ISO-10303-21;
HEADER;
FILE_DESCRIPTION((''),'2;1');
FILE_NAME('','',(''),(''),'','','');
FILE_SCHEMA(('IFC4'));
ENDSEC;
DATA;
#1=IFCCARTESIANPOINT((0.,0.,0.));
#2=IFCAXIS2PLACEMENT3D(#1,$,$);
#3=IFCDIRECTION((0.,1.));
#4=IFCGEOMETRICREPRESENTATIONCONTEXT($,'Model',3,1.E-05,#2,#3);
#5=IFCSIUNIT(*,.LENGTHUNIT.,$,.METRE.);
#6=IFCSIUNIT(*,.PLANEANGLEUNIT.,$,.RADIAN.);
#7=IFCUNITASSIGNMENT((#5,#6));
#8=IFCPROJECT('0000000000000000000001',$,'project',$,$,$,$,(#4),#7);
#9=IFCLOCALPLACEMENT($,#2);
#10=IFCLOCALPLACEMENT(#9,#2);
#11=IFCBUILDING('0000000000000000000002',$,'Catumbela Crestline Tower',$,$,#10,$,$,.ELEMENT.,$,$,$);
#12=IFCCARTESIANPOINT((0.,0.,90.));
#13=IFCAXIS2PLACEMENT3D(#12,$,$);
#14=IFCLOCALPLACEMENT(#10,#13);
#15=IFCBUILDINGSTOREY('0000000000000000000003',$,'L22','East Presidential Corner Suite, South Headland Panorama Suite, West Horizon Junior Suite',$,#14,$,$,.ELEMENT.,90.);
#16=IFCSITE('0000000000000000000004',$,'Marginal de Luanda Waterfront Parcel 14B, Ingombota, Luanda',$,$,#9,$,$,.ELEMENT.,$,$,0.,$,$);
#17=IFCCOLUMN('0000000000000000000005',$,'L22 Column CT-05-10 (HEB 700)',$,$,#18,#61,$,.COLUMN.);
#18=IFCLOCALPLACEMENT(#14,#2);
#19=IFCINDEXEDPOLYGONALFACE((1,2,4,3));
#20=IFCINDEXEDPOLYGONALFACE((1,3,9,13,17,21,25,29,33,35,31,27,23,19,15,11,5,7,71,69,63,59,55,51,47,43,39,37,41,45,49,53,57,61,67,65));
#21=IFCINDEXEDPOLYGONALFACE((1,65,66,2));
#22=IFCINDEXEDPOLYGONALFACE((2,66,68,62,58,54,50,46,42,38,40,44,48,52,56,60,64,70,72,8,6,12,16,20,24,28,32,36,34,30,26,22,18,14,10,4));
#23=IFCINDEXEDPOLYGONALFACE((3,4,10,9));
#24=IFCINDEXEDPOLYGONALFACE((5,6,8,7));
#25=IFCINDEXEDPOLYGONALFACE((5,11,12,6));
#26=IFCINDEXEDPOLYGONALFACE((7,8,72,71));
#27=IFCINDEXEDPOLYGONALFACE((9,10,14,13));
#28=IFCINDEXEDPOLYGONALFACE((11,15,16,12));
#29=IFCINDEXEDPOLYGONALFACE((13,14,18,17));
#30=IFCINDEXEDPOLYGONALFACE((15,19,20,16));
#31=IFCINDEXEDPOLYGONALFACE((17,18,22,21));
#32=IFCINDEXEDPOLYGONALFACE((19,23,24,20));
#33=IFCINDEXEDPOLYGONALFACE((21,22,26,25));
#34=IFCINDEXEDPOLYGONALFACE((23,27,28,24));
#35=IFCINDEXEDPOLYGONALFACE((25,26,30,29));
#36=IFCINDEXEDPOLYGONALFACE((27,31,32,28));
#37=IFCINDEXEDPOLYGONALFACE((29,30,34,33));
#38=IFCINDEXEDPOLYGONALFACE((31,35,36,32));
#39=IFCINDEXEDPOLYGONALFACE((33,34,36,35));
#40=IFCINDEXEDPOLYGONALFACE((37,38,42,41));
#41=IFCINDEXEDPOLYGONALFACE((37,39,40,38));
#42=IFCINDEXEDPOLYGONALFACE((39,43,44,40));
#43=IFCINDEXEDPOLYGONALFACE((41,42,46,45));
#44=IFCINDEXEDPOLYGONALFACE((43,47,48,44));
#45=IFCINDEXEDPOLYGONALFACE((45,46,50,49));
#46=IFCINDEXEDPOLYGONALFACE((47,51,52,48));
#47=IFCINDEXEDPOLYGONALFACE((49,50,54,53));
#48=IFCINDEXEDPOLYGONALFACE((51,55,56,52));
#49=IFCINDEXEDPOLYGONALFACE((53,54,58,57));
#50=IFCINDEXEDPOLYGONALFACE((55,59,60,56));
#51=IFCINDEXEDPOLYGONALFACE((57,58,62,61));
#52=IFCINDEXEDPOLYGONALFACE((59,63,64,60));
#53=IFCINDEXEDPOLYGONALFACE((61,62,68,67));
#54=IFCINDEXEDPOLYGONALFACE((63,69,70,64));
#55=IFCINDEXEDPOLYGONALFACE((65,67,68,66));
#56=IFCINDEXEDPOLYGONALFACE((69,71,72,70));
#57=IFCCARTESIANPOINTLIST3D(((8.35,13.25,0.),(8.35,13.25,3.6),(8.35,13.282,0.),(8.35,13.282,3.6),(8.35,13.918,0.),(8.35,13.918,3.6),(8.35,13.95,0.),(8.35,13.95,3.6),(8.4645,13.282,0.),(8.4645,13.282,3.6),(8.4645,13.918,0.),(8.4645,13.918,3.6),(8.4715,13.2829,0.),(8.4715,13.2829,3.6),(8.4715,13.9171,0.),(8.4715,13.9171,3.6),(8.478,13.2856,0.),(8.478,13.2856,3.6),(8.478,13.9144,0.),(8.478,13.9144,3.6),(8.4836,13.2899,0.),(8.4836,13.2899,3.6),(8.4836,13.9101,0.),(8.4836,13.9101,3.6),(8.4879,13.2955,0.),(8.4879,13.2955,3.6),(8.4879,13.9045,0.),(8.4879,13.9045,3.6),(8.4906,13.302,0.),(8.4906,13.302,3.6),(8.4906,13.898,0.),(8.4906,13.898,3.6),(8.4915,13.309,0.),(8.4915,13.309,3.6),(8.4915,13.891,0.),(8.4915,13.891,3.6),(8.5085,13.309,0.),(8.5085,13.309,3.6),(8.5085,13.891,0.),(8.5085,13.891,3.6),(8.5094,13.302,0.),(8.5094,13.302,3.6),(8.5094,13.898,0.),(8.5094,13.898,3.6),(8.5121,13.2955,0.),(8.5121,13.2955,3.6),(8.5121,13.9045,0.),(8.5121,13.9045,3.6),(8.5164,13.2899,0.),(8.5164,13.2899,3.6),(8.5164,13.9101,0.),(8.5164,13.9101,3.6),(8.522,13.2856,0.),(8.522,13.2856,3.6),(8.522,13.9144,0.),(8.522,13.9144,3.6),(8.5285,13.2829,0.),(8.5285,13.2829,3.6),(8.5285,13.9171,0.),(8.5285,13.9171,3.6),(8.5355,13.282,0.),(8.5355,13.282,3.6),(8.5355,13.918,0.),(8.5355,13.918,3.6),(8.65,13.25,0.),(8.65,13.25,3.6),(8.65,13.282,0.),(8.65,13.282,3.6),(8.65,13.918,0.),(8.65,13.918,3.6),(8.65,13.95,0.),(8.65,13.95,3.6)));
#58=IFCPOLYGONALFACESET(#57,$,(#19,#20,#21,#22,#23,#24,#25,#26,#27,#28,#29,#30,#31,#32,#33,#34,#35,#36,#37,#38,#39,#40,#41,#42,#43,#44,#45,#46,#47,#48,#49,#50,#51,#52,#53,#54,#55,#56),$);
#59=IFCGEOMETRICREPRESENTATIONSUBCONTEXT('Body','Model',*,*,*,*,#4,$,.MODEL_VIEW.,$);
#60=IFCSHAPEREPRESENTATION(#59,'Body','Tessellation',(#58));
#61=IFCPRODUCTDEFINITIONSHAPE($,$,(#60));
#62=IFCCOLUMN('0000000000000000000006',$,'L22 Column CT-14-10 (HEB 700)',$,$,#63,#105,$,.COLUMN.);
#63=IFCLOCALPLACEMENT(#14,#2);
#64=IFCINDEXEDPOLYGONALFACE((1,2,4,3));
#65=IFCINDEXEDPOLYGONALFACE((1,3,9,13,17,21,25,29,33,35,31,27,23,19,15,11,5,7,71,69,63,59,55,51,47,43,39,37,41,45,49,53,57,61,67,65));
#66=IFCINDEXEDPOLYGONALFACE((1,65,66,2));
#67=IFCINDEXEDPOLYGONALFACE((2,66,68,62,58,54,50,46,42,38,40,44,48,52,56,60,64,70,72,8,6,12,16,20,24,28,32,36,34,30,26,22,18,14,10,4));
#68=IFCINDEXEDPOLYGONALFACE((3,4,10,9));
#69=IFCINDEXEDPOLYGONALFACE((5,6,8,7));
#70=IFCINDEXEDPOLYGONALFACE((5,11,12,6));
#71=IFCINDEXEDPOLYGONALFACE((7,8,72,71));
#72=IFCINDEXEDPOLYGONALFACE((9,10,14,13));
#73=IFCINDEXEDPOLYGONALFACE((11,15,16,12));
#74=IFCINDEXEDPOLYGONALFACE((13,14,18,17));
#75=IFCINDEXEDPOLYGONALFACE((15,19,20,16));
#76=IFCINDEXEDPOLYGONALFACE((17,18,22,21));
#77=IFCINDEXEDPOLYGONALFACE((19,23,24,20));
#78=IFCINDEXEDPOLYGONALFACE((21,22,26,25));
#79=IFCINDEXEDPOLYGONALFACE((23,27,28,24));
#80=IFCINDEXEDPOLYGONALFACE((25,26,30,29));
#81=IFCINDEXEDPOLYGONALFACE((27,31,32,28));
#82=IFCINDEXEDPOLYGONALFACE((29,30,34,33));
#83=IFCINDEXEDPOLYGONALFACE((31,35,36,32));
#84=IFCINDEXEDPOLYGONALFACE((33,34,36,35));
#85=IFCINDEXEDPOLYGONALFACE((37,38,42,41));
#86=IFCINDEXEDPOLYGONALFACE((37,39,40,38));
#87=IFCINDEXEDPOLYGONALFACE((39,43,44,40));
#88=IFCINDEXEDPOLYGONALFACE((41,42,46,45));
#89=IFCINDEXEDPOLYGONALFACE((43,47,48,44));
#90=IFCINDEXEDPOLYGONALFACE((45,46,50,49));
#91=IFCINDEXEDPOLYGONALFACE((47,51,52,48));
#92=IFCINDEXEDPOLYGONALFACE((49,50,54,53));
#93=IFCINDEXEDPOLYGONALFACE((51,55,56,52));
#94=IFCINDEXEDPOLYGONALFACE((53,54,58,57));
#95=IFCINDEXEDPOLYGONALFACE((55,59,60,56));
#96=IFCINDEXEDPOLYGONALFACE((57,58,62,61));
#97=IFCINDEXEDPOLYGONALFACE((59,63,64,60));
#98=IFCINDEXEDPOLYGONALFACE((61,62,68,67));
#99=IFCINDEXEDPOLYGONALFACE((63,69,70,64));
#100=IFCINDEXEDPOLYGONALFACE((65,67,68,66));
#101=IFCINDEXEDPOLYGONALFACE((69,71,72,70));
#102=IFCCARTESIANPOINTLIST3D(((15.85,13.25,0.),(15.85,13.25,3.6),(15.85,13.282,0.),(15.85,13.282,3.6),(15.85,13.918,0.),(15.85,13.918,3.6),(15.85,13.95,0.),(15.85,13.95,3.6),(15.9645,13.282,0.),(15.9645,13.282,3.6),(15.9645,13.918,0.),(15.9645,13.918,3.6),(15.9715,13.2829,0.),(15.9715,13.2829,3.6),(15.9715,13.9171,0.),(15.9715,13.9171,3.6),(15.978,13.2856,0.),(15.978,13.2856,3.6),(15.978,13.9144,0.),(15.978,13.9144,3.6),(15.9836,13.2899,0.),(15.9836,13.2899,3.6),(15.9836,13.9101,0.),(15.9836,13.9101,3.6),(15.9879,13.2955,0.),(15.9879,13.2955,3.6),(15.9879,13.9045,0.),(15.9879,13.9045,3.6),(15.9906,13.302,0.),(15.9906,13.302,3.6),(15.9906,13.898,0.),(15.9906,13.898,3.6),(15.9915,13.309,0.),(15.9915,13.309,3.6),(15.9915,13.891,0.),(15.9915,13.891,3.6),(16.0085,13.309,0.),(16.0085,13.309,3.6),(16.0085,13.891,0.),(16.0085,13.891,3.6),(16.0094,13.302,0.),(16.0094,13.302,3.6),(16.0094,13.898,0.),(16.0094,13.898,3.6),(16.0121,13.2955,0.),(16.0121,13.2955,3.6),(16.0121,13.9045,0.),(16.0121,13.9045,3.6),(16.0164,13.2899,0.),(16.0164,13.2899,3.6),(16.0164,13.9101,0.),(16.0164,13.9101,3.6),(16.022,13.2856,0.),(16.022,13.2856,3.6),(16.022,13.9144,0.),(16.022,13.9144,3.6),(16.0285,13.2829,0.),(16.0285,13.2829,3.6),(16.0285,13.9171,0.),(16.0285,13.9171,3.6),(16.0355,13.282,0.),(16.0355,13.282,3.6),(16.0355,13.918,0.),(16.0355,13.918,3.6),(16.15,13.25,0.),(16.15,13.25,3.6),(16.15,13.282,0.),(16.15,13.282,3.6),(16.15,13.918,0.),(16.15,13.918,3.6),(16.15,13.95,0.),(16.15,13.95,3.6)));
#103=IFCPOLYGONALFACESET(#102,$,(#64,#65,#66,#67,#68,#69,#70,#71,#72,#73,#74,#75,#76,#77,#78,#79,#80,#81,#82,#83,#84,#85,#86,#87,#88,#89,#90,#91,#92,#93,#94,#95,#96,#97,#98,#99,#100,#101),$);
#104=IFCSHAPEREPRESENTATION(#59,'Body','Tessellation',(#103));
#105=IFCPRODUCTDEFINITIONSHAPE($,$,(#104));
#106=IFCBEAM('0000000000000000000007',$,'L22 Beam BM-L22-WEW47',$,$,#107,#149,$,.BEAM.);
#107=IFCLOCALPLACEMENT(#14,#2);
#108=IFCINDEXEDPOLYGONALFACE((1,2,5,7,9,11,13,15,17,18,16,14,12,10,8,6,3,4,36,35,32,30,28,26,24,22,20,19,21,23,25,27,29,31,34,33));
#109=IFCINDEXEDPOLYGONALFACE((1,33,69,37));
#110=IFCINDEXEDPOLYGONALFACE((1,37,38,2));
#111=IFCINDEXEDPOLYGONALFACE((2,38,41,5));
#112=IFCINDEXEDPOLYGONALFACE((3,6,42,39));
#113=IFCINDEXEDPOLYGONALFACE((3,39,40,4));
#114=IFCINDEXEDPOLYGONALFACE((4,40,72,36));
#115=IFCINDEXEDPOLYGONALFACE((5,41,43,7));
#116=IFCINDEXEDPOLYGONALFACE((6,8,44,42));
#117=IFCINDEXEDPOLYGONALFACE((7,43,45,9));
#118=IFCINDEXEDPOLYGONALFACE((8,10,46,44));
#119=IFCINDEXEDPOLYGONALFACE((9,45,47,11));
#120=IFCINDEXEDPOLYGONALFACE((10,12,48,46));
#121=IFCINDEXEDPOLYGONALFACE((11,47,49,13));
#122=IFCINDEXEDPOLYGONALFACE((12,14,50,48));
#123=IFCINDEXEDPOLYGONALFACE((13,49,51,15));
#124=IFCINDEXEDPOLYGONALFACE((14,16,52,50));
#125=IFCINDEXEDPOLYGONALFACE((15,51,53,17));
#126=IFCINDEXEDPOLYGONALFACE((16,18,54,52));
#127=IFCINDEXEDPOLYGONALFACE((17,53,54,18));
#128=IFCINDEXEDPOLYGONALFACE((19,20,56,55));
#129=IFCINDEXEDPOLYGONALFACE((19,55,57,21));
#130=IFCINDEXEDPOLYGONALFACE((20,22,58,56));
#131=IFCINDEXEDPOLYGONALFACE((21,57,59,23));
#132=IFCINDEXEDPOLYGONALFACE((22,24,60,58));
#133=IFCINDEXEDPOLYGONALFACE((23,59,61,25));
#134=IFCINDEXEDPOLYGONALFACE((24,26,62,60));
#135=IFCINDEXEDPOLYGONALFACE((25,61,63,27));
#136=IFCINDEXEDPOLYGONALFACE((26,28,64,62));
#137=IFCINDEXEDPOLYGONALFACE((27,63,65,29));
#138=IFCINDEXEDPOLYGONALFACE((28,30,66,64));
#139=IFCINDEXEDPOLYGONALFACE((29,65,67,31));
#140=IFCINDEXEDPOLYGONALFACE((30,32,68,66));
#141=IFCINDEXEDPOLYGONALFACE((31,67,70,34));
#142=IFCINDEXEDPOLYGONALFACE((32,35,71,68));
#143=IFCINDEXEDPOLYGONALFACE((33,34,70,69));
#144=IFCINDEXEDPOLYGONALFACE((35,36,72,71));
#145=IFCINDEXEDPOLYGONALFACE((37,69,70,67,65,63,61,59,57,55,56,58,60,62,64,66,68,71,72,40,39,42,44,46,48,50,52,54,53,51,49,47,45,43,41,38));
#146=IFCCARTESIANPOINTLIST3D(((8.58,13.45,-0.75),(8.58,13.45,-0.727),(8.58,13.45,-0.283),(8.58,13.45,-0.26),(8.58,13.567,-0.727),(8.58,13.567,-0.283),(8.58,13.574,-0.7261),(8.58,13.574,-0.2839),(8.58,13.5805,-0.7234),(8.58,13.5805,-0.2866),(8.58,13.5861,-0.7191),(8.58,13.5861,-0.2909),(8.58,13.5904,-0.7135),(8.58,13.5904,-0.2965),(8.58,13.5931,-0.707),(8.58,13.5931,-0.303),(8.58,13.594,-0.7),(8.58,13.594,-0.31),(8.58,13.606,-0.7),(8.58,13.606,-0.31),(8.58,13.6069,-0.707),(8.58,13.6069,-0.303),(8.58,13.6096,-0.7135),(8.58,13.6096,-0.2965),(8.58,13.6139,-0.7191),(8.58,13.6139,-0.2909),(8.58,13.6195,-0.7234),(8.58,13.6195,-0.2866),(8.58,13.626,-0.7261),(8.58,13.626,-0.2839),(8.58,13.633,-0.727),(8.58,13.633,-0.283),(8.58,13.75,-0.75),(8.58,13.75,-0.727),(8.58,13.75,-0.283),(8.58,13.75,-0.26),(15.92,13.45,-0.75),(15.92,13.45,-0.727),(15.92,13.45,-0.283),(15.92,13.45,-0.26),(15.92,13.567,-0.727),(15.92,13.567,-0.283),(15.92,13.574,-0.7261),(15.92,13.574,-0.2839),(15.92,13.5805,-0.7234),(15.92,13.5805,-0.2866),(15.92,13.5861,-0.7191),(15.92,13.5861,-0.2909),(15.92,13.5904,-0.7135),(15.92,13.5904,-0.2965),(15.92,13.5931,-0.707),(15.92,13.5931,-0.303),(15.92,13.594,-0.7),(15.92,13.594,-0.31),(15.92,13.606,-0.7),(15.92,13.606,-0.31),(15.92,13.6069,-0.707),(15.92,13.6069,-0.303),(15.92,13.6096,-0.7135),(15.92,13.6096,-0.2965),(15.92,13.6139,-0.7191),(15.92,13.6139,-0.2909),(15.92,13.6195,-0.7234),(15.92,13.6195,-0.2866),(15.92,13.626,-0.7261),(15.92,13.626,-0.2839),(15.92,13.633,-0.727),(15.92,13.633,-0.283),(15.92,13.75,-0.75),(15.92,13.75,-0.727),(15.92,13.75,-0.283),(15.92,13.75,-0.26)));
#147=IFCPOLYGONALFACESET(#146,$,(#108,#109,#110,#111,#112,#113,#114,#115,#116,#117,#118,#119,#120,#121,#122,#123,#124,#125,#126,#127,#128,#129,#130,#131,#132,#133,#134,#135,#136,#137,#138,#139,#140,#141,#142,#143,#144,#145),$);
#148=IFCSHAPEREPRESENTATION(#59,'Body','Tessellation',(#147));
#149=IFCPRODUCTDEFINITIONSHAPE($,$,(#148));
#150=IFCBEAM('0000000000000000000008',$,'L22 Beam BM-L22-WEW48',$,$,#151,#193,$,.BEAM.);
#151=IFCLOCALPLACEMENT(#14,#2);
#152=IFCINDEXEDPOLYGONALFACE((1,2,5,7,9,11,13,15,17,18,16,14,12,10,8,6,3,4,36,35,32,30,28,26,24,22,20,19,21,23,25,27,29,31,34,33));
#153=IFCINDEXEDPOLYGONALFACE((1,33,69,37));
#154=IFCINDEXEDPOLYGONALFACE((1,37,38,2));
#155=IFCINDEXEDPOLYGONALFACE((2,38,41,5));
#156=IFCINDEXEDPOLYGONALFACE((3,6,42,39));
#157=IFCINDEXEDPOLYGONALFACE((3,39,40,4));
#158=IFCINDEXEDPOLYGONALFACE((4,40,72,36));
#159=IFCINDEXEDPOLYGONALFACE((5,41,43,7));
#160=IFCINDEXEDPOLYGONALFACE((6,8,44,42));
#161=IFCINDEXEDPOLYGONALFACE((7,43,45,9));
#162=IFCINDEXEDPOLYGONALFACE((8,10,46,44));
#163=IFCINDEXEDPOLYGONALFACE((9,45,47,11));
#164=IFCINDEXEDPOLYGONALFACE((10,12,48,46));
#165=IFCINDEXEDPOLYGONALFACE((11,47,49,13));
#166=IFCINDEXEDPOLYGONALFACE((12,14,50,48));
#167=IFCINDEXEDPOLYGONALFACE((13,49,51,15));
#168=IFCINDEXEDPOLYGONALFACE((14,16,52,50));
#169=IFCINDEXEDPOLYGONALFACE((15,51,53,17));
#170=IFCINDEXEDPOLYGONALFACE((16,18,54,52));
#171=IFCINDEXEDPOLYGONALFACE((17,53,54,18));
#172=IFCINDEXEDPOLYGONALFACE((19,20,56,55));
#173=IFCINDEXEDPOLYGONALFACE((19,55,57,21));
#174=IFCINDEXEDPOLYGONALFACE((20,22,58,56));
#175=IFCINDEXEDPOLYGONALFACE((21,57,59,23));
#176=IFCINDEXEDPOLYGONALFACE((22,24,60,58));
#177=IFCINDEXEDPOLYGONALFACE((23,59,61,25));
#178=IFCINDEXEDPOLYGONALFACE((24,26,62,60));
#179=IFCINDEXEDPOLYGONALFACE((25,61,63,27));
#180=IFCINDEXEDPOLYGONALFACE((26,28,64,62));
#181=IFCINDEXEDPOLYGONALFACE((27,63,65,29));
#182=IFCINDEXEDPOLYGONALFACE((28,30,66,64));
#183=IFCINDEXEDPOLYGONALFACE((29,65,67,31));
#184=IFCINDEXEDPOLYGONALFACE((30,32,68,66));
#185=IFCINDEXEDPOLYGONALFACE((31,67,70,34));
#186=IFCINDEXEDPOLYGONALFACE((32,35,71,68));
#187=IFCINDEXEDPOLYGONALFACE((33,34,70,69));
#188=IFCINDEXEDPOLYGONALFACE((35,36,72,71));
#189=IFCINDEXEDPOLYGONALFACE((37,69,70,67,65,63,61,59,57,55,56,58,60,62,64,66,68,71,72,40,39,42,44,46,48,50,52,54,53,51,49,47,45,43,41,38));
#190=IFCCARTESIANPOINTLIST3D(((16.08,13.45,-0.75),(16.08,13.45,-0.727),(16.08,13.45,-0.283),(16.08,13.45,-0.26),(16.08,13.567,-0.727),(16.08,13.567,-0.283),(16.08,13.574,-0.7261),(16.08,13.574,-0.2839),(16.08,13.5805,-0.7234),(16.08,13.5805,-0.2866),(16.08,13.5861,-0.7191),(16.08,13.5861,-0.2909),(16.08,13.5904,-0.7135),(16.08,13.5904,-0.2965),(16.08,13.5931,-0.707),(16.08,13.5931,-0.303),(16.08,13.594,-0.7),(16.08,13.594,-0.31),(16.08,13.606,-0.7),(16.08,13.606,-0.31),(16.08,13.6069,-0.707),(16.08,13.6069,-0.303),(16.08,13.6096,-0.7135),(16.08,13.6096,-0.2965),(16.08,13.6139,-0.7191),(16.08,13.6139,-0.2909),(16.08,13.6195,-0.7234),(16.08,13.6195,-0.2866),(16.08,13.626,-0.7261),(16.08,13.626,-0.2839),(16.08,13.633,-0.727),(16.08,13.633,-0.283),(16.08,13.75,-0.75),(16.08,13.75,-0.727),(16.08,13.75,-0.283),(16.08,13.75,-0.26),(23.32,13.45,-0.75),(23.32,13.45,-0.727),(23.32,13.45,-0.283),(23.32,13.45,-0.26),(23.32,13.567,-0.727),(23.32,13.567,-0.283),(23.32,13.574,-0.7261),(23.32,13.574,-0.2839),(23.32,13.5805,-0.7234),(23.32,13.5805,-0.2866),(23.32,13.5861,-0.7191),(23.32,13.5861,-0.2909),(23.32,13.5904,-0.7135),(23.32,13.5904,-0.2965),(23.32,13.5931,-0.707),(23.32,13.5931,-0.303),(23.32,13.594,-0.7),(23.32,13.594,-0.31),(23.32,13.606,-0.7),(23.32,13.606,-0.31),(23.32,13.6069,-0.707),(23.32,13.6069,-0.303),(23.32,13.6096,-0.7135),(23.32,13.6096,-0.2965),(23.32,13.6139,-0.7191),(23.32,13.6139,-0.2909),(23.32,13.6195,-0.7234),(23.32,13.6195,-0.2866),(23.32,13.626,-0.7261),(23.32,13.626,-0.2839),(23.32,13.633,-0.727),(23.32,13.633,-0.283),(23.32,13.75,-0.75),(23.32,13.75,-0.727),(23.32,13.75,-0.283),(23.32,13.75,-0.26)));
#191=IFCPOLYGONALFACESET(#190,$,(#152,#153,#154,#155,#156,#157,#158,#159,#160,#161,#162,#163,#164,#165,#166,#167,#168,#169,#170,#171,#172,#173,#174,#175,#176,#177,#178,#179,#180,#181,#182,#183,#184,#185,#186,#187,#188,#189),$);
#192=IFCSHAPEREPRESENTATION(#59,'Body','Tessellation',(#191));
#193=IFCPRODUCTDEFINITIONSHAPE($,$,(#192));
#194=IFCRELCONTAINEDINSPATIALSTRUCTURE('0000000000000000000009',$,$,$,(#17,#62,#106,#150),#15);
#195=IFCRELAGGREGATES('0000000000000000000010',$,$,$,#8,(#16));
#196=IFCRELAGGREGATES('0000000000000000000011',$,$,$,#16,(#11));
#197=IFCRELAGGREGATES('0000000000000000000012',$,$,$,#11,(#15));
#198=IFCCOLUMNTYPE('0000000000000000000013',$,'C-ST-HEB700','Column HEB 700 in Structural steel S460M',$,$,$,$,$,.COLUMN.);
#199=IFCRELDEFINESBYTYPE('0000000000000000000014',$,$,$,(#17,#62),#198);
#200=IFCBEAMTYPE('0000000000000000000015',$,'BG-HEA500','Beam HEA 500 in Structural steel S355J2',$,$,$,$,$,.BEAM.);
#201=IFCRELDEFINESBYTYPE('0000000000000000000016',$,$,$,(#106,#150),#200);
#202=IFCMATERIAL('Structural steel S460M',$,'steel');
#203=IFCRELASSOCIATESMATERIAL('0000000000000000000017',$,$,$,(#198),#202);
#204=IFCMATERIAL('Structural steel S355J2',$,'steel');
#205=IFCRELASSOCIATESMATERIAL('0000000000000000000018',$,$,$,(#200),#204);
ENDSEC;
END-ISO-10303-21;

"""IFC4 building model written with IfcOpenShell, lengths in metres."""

from ifc_helpers import new_model, si_unit, direction, frame, origin, origin_2d, place, context, subcontext, project, spatial, i_section, extrude, material, material_profile, profile_set, type_object, element, save


model = new_model("IFC4")

# Units and contexts
model_context = context("Model", 3, precision=1e-05, world=origin(), true_north=direction((0.0, 1.0)))
body_context = subcontext(model_context, "Body", "Model", "MODEL_VIEW")
ifc_project = project(units=[si_unit("LENGTHUNIT", "METRE"), si_unit("PLANEANGLEUNIT", "RADIAN")], contexts=[model_context])

# Site, building, storey
site_placement = place(None, origin())
site = spatial("IfcSite", under=ifc_project, at=site_placement, Name="Marginal de Luanda Waterfront Parcel 14B, Ingombota, Luanda", CompositionType="ELEMENT", RefElevation=0.0)
building_placement = place(site_placement, origin())
building = spatial("IfcBuilding", under=site, at=building_placement, Name="Catumbela Crestline Tower", CompositionType="ELEMENT")
storey_placement = place(building_placement, frame((0.0, 0.0, 90.0)))
storey = spatial("IfcBuildingStorey", under=building, at=storey_placement, Name="L22", Description="East Presidential Corner Suite, South Headland Panorama Suite, West Horizon Junior Suite", CompositionType="ELEMENT", Elevation=90.0)

# Columns
ifc_material_1 = material(Name="Structural steel S460M", Category="steel")
ifc_material_profile_1 = material_profile(ifc_material_1, i_section(OverallWidth=0.3, OverallDepth=0.7, WebThickness=0.017, FlangeThickness=0.032, FilletRadius=0.027, at=origin_2d()), Name="HEB 700")
ifc_profile_set_1 = profile_set([ifc_material_profile_1], Name="Structural steel S460M")
column_type = type_object("IfcColumnType", Name="C-ST-HEB700", Description="Column HEB 700 in Structural steel S460M", PredefinedType="COLUMN", material=ifc_profile_set_1)
for number, where, z_axis, x_axis, name in (
    (1, (8.5, 13.6, 0.0), (0.0, 0.0, 1.0), (1.0, 0.0, 0.0), "L22 Column CT-05-10 (HEB 700)"),
    (2, (16.0, 13.6, 0.0), (0.0, 0.0, 1.0), (1.0, 0.0, 0.0), "L22 Column CT-14-10 (HEB 700)"),
):
    element("IfcColumn", number, at=place(storey_placement, frame(where, z_axis=z_axis, x_axis=x_axis)), inside=storey, type_object=column_type, Name=name, PredefinedType="COLUMN", context=body_context, shape_type="SweptSolid", body=[
        extrude(i_section(OverallWidth=0.3, OverallDepth=0.7, WebThickness=0.017, FlangeThickness=0.032, FilletRadius=0.027, at=origin_2d()), origin(), (0.0, 0.0, 1.0), 3.6),
    ])

# Beams
ifc_material_2 = material(Name="Structural steel S355J2", Category="steel")
ifc_material_profile_2 = material_profile(ifc_material_2, i_section(OverallWidth=0.3, OverallDepth=0.49, WebThickness=0.012, FlangeThickness=0.023, FilletRadius=0.027, at=origin_2d()), Name="HEA 500")
ifc_profile_set_2 = profile_set([ifc_material_profile_2], Name="Structural steel S355J2")
beam_type_1 = type_object("IfcBeamType", Name="BG-HEA500", Description="Beam HEA 500 in Structural steel S355J2", PredefinedType="BEAM", material=ifc_profile_set_2)
beam_1_placement = place(storey_placement, frame((8.58, 13.6, -0.505), z_axis=(1.0, 0.0, 0.0), x_axis=(0.0, 1.0, 0.0)))
element("IfcBeam", 3, at=beam_1_placement, inside=storey, type_object=beam_type_1, Name="L22 Beam BM-L22-WEW47", PredefinedType="BEAM", context=body_context, shape_type="SweptSolid", body=[
    extrude(i_section(OverallWidth=0.3, OverallDepth=0.49, WebThickness=0.012, FlangeThickness=0.023, FilletRadius=0.027, at=origin_2d()), origin(), (0.0, 0.0, 1.0), 7.34),
])
beam_2_placement = place(storey_placement, frame((16.08, 13.6, -0.505), z_axis=(1.0, 0.0, 0.0), x_axis=(0.0, 1.0, 0.0)))
element("IfcBeam", 4, at=beam_2_placement, inside=storey, type_object=beam_type_1, Name="L22 Beam BM-L22-WEW48", PredefinedType="BEAM", context=body_context, shape_type="SweptSolid", body=[
    extrude(i_section(OverallWidth=0.3, OverallDepth=0.49, WebThickness=0.012, FlangeThickness=0.023, FilletRadius=0.027, at=origin_2d()), origin(), (0.0, 0.0, 1.0), 7.24),
])

save(model, "model.ifc")
